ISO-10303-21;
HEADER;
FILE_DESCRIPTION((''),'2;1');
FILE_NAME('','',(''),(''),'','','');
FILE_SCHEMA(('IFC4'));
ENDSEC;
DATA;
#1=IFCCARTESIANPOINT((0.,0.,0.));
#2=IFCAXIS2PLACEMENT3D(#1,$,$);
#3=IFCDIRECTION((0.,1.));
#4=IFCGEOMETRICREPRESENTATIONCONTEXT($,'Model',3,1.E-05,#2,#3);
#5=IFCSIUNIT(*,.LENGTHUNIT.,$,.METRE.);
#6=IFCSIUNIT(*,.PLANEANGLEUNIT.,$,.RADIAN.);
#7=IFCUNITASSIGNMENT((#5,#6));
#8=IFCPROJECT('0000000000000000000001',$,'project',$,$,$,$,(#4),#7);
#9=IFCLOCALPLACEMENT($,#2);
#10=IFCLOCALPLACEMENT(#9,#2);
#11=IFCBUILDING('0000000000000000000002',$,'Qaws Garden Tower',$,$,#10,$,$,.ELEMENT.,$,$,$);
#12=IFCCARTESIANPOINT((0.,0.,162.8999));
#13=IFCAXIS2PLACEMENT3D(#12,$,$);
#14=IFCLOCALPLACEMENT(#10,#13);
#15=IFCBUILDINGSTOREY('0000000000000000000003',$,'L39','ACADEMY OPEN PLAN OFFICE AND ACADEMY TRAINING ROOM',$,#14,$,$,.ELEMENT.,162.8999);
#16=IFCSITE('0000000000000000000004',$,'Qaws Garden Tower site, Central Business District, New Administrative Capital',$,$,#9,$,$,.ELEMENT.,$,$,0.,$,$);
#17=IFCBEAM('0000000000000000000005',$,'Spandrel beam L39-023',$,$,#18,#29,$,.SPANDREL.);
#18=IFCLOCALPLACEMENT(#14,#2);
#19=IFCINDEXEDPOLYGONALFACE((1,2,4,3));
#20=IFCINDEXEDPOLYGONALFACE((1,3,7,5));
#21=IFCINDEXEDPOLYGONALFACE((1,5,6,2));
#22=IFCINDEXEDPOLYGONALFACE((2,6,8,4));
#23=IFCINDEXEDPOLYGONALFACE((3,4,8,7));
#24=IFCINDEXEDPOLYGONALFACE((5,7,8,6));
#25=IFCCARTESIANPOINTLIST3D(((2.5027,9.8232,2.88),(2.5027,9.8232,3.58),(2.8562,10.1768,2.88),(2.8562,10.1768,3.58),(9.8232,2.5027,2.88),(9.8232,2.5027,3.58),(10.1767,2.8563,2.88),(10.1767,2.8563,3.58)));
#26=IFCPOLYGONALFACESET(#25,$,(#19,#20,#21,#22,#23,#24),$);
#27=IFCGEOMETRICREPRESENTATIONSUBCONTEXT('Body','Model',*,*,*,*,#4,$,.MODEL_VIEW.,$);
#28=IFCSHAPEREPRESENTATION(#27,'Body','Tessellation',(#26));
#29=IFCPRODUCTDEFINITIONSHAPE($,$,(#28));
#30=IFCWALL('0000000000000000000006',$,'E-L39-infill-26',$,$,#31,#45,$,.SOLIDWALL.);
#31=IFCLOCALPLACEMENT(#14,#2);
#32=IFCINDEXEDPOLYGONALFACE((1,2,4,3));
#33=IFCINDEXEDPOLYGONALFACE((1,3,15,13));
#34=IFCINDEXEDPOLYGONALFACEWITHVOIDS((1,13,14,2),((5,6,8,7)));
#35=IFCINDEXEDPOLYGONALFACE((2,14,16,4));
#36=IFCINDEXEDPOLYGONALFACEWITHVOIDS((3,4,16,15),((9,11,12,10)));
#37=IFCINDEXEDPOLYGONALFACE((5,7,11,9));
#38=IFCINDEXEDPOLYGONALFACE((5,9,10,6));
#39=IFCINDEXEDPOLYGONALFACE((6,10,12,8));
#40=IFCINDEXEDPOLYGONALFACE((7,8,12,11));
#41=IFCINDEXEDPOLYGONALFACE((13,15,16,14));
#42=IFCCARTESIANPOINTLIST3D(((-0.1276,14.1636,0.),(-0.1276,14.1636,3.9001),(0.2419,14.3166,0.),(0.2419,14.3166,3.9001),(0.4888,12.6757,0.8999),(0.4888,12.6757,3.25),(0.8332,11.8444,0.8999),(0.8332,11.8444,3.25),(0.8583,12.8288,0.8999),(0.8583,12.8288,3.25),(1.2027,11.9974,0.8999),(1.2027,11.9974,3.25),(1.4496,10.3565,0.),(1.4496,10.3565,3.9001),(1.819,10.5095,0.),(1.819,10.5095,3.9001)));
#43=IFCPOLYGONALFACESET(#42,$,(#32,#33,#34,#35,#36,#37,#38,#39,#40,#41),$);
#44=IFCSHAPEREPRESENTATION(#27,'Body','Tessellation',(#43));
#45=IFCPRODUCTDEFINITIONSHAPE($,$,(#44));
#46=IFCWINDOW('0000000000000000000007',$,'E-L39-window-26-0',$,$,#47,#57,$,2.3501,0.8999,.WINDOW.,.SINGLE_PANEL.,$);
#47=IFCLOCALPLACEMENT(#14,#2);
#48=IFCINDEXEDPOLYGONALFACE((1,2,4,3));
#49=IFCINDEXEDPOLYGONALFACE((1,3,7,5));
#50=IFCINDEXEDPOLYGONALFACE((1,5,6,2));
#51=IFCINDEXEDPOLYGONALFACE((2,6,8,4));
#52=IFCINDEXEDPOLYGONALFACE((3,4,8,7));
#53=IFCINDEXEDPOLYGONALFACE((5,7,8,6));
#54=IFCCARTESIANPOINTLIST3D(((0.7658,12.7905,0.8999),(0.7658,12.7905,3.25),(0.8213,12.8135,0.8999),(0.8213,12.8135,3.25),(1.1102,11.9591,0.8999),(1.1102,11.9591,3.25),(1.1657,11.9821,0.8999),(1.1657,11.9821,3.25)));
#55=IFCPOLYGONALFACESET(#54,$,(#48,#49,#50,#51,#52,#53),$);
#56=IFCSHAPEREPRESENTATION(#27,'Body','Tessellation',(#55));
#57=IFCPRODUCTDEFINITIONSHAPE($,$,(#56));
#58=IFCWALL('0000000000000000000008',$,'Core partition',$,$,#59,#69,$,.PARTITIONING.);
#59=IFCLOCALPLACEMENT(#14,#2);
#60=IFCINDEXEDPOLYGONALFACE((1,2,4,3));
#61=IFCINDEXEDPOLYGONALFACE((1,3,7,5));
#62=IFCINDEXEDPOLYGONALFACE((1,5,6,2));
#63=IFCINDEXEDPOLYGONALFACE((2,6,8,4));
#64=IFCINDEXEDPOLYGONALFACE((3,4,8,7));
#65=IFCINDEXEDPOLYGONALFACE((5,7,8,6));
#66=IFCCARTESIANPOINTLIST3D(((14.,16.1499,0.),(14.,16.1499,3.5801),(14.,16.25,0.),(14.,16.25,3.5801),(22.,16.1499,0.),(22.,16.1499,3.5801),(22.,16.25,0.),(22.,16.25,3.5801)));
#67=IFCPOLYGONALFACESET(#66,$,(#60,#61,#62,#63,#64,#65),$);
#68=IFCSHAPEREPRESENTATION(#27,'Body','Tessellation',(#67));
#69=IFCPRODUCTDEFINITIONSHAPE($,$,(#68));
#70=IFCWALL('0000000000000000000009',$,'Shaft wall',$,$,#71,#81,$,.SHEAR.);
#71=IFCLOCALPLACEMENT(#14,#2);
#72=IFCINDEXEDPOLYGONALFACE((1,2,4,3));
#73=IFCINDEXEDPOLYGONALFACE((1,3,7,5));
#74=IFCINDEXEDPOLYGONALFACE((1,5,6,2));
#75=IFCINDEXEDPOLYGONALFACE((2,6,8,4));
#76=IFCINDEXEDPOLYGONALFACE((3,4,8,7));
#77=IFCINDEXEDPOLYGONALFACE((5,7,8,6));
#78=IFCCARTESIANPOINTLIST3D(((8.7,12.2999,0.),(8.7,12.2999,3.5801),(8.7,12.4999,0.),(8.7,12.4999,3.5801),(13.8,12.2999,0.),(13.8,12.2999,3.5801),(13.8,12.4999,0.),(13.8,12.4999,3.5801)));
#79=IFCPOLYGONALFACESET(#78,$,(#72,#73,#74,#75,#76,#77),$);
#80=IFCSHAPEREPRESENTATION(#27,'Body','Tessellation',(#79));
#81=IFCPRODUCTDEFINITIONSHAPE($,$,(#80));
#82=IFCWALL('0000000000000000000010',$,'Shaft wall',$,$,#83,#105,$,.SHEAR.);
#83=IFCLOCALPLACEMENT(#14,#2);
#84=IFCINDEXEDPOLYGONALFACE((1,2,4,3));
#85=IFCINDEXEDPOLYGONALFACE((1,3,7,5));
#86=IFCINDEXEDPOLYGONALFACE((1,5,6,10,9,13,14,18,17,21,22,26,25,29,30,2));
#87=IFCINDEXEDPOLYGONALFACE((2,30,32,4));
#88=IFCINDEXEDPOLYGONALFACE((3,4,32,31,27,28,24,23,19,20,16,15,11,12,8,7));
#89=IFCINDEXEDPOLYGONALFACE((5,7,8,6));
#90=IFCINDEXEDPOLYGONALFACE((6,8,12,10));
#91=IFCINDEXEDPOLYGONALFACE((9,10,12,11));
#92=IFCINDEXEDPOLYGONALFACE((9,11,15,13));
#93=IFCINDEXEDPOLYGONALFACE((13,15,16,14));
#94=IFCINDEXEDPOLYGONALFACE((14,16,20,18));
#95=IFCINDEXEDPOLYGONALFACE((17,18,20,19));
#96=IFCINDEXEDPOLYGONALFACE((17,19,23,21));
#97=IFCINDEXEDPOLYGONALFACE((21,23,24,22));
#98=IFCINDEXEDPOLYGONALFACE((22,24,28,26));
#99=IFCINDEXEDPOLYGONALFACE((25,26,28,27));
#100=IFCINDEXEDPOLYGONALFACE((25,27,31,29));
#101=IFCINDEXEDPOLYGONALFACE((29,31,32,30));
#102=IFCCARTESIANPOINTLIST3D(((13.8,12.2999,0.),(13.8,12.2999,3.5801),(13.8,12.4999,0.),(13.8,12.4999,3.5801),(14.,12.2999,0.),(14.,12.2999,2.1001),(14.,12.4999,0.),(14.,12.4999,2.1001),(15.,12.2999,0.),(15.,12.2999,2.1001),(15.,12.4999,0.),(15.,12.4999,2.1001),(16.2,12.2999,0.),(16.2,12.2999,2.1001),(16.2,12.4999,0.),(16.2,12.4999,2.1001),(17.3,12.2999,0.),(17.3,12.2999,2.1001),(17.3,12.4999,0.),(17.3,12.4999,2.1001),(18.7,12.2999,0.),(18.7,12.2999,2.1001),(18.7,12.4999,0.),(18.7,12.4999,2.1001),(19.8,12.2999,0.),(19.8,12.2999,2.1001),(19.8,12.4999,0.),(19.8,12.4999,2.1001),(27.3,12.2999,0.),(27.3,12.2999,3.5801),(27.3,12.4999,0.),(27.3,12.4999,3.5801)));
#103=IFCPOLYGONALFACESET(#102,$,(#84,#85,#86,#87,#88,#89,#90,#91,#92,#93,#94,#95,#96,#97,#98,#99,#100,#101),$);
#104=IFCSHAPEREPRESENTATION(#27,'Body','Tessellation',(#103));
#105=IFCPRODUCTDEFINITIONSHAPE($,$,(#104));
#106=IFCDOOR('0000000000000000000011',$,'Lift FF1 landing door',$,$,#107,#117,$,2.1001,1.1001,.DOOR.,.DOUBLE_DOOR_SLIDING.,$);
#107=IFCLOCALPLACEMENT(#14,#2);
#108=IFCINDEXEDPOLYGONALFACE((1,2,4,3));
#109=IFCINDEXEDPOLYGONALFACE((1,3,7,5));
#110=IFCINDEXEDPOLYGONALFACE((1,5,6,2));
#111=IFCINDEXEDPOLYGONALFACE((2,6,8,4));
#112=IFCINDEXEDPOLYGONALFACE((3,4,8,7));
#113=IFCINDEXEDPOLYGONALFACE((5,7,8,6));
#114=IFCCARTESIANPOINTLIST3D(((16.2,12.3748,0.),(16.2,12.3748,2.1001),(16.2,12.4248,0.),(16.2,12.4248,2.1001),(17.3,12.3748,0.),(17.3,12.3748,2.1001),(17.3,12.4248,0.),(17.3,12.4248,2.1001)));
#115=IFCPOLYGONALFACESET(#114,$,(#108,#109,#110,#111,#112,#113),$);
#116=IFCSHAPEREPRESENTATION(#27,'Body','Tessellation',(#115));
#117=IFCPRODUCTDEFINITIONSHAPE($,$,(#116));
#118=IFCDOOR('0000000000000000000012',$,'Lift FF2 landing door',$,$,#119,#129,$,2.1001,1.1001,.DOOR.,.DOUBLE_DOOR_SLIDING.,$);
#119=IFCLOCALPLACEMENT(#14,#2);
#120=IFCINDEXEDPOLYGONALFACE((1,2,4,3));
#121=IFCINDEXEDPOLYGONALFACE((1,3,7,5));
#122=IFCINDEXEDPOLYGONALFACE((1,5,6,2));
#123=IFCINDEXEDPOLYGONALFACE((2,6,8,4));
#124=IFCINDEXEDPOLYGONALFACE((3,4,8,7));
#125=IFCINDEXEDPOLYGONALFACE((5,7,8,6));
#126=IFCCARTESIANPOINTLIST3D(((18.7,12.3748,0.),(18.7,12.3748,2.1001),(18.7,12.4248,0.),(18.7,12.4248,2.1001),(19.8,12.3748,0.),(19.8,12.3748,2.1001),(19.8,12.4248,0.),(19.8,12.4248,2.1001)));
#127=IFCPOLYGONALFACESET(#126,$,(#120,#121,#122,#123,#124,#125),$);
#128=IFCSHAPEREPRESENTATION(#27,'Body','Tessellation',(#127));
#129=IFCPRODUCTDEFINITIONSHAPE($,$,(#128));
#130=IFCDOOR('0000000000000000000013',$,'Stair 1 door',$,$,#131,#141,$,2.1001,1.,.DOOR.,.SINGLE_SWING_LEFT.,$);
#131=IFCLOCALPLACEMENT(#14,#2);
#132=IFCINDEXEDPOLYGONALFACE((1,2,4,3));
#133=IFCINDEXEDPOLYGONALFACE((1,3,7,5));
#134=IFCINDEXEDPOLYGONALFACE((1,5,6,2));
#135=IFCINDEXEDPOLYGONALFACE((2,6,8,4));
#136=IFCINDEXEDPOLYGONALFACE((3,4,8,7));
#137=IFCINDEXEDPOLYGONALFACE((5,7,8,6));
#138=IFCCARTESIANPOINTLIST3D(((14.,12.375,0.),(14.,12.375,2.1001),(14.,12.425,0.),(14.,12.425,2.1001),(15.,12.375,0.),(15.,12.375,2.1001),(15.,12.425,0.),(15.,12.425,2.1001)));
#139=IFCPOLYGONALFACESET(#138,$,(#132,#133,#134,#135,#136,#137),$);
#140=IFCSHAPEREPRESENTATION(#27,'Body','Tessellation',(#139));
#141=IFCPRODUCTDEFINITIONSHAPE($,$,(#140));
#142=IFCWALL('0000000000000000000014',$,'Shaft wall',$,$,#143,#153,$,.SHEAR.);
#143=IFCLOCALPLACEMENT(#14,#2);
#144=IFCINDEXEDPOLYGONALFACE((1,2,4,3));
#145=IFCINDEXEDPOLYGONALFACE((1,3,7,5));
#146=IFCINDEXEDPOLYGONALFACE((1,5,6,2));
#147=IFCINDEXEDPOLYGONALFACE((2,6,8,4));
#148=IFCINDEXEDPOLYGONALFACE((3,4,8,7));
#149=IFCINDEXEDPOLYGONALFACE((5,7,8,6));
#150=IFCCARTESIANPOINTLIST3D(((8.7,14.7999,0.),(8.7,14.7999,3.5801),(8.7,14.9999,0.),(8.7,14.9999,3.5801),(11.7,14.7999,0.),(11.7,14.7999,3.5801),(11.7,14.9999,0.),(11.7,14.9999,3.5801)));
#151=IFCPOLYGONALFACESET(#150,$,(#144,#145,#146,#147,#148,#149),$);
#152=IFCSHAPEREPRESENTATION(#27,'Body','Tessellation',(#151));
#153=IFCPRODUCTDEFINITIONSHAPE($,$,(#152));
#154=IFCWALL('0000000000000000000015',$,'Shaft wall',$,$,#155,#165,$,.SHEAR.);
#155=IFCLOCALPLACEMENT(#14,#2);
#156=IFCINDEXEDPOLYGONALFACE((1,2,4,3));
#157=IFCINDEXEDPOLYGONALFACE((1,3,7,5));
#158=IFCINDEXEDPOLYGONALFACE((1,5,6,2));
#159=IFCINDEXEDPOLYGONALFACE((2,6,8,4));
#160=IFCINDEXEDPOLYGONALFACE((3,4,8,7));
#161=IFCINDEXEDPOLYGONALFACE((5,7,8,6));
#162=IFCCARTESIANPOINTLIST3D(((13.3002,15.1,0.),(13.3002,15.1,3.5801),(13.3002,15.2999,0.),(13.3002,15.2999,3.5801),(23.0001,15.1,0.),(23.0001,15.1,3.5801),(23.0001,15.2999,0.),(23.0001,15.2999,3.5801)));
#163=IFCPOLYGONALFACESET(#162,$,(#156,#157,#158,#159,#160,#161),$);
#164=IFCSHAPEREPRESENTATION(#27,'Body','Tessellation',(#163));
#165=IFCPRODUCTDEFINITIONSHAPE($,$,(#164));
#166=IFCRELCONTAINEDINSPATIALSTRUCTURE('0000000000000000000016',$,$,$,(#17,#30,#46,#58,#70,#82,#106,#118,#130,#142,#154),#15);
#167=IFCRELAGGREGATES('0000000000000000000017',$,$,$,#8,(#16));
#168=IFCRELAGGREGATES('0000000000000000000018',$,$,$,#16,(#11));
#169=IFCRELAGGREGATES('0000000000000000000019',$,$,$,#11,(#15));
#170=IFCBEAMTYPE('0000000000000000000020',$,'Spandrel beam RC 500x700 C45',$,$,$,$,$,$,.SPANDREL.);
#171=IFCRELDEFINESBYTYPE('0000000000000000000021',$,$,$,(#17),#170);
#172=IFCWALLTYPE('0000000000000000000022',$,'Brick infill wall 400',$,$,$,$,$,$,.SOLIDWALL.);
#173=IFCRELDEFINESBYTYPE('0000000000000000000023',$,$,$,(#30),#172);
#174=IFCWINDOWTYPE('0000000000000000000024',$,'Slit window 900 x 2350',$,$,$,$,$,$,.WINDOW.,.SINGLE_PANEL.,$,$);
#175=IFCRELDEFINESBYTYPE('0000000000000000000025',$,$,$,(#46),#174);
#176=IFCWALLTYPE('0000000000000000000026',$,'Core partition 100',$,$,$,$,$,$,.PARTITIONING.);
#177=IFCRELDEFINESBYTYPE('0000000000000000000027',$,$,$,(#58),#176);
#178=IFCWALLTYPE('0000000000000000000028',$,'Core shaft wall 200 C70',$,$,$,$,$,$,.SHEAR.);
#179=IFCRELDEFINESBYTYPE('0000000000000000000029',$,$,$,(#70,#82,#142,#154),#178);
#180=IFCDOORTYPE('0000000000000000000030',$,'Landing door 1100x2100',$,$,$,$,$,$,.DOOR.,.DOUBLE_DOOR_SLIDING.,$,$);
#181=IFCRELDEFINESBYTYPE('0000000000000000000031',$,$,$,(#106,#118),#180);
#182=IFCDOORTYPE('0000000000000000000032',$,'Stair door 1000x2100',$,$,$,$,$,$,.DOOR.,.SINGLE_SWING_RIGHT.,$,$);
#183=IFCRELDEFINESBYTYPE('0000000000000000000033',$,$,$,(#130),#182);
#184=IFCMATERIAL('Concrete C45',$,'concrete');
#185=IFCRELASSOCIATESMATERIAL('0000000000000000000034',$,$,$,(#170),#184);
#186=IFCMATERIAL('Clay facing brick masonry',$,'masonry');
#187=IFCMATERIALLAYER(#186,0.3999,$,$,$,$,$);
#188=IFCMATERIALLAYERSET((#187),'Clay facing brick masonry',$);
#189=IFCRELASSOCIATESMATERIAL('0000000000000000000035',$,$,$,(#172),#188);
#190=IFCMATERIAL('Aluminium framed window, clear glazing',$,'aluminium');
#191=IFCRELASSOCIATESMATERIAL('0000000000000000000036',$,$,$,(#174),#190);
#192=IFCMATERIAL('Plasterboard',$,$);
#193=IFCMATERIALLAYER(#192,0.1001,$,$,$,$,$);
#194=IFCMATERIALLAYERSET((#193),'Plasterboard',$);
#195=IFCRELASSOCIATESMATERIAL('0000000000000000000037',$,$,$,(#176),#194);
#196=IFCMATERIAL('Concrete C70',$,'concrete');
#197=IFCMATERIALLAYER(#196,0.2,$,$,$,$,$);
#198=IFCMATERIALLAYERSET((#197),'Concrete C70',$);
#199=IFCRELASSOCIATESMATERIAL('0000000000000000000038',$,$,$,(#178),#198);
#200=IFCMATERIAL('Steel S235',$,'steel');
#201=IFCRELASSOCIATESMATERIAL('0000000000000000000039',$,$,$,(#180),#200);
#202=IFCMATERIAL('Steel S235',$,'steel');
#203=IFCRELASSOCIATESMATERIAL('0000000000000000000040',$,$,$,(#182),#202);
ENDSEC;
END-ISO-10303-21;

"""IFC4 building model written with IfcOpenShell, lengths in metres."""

from ifc_helpers import new_model, si_unit, direction, frame, frame_2d, origin, origin_2d, place, context, subcontext, project, spatial, rectangle, extrude, material, layer, layer_set, material_profile, profile_set, type_object, element, fill, save


model = new_model("IFC4")

# Units and contexts
model_context = context("Model", 3, precision=1e-05, world=origin(), true_north=direction((0.0, 1.0)))
body_context = subcontext(model_context, "Body", "Model", "MODEL_VIEW")
ifc_project = project(units=[si_unit("LENGTHUNIT", "METRE"), si_unit("PLANEANGLEUNIT", "RADIAN")], contexts=[model_context])

# Site, building, storey
site_placement = place(None, origin())
site = spatial("IfcSite", under=ifc_project, at=site_placement, Name="Qaws Garden Tower site, Central Business District, New Administrative Capital", CompositionType="ELEMENT", RefElevation=0.0)
building_placement = place(site_placement, origin())
building = spatial("IfcBuilding", under=site, at=building_placement, Name="Qaws Garden Tower", CompositionType="ELEMENT")
storey_placement = place(building_placement, frame((0.0, 0.0, 162.8999)))
storey = spatial("IfcBuildingStorey", under=building, at=storey_placement, Name="L39", Description="ACADEMY OPEN PLAN OFFICE AND ACADEMY TRAINING ROOM", CompositionType="ELEMENT", Elevation=162.8999)

# Beam
ifc_material_1 = material(Name="Concrete C45", Category="concrete")
ifc_material_profile = material_profile(ifc_material_1, rectangle(XDim=0.5, YDim=0.7, at=origin_2d()), Name="RC 500x700")
ifc_profile_set = profile_set([ifc_material_profile], Name="Concrete C45")
beam_type = type_object("IfcBeamType", Name="Spandrel beam RC 500x700 C45", PredefinedType="SPANDREL", material=ifc_profile_set)
beam_placement = place(storey_placement, frame((2.6794, 10.0, 3.23), z_axis=(0.707107, -0.707107, 0.0), x_axis=(0.707107, 0.707107, 0.0)))
element("IfcBeam", 1, at=beam_placement, inside=storey, type_object=beam_type, Name="Spandrel beam L39-023", PredefinedType="SPANDREL", context=body_context, shape_type="SweptSolid", body=[
    extrude(rectangle(XDim=0.5, YDim=0.7, at=origin_2d()), origin(), (0.0, 0.0, 1.0), 10.3528),
])

# Wall, opening, window
ifc_material_2 = material(Name="Clay facing brick masonry", Category="masonry")
ifc_layer_1 = layer(ifc_material_2, 0.3999)
ifc_layer_set_1 = layer_set([ifc_layer_1], Name="Clay facing brick masonry")
wall_type_1 = type_object("IfcWallType", Name="Brick infill wall 400", PredefinedType="SOLIDWALL", material=ifc_layer_set_1)
wall_1_placement = place(storey_placement, frame((0.0571, 14.2402, 0.0), z_axis=(0.0, 0.0, 1.0), x_axis=(0.382722, -0.923864, 0.0)))
wall_1 = element("IfcWall", 2, at=wall_1_placement, inside=storey, type_object=wall_type_1, Name="E-L39-infill-26", PredefinedType="SOLIDWALL", context=body_context, shape_type="SweptSolid", body=[
    extrude(rectangle(XDim=4.1208, YDim=0.3999, at=frame_2d((2.0605, 0.0))), origin(), (0.0, 0.0, 1.0), 3.9001),
])
opening_1_placement = place(wall_1_placement, frame((1.6106, 0.0, 0.8999)))
opening_1 = element("IfcOpeningElement", 3, at=opening_1_placement, cuts=wall_1, PredefinedType="OPENING", context=body_context, shape_type="SweptSolid", body=[
    extrude(rectangle(XDim=0.8999, YDim=2.3501, at=frame_2d((0.45, 1.175))), frame((0.0, 0.21, 0.0), z_axis=(0.0, -1.0, 0.0), x_axis=(1.0, 0.0, 0.0)), (0.0, 0.0, 1.0), 0.4199),
])
ifc_material_3 = material(Name="Aluminium framed window, clear glazing", Category="aluminium")
window_type = type_object("IfcWindowType", Name="Slit window 900 x 2350", PartitioningType="SINGLE_PANEL", PredefinedType="WINDOW", material=ifc_material_3)
window_placement = place(opening_1_placement, origin())
window = element("IfcWindow", 4, at=window_placement, inside=storey, type_object=window_type, Name="E-L39-window-26-0", OverallHeight=2.3501, OverallWidth=0.8999, PartitioningType="SINGLE_PANEL", PredefinedType="WINDOW", context=body_context, shape_type="SweptSolid", body=[
    extrude(rectangle(XDim=0.8999, YDim=2.3501, at=frame_2d((0.45, 1.175))), frame((0.0, 0.1599, 0.0), z_axis=(0.0, -1.0, 0.0), x_axis=(1.0, 0.0, 0.0)), (0.0, 0.0, 1.0), 0.0601),
])
fill(opening_1, window)

# Walls
ifc_material_4 = material(Name="Plasterboard")
ifc_layer_2 = layer(ifc_material_4, 0.1001)
ifc_layer_set_2 = layer_set([ifc_layer_2], Name="Plasterboard")
wall_type_2 = type_object("IfcWallType", Name="Core partition 100", PredefinedType="PARTITIONING", material=ifc_layer_set_2)
wall_2_placement = place(storey_placement, frame((14.0, 16.2, 0.0), z_axis=(0.0, 0.0, 1.0), x_axis=(1.0, 0.0, 0.0)))
element("IfcWall", 5, at=wall_2_placement, inside=storey, type_object=wall_type_2, Name="Core partition", PredefinedType="PARTITIONING", context=body_context, shape_type="SweptSolid", body=[
    extrude(rectangle(XDim=8.0, YDim=0.1001, at=frame_2d((4.0, 0.0))), origin(), (0.0, 0.0, 1.0), 3.5801),
])
ifc_material_5 = material(Name="Concrete C70", Category="concrete")
ifc_layer_3 = layer(ifc_material_5, 0.2)
ifc_layer_set_3 = layer_set([ifc_layer_3], Name="Concrete C70")
wall_type_3 = type_object("IfcWallType", Name="Core shaft wall 200 C70", PredefinedType="SHEAR", material=ifc_layer_set_3)
wall_3_placement = place(storey_placement, frame((8.7, 12.3999, 0.0), z_axis=(0.0, 0.0, 1.0), x_axis=(1.0, 0.0, 0.0)))
element("IfcWall", 6, at=wall_3_placement, inside=storey, type_object=wall_type_3, Name="Shaft wall", PredefinedType="SHEAR", context=body_context, shape_type="SweptSolid", body=[
    extrude(rectangle(XDim=5.1001, YDim=0.2, at=frame_2d((2.55, 0.0))), origin(), (0.0, 0.0, 1.0), 3.5801),
])

# Wall, openings, doors
wall_4_placement = place(storey_placement, frame((13.8, 12.3999, 0.0), z_axis=(0.0, 0.0, 1.0), x_axis=(1.0, 0.0, 0.0)))
wall_4 = element("IfcWall", 7, at=wall_4_placement, inside=storey, type_object=wall_type_3, Name="Shaft wall", PredefinedType="SHEAR", context=body_context, shape_type="SweptSolid", body=[
    extrude(rectangle(XDim=13.5, YDim=0.2, at=frame_2d((6.75, 0.0))), origin(), (0.0, 0.0, 1.0), 3.5801),
])
opening_2_placement = place(wall_4_placement, frame((2.3999, 0.0, 0.0)))
opening_2 = element("IfcOpeningElement", 8, at=opening_2_placement, cuts=wall_4, PredefinedType="OPENING", context=body_context, shape_type="SweptSolid", body=[
    extrude(rectangle(XDim=1.1001, YDim=2.1001, at=frame_2d((0.55, 1.05))), frame((0.0, 0.1099, 0.0), z_axis=(0.0, -1.0, 0.0), x_axis=(1.0, 0.0, 0.0)), (0.0, 0.0, 1.0), 0.22),
])
opening_3_placement = place(wall_4_placement, frame((4.8999, 0.0, 0.0)))
opening_3 = element("IfcOpeningElement", 9, at=opening_3_placement, cuts=wall_4, PredefinedType="OPENING", context=body_context, shape_type="SweptSolid", body=[
    extrude(rectangle(XDim=1.1001, YDim=2.1001, at=frame_2d((0.55, 1.05))), frame((0.0, 0.1099, 0.0), z_axis=(0.0, -1.0, 0.0), x_axis=(1.0, 0.0, 0.0)), (0.0, 0.0, 1.0), 0.22),
])
opening_4_placement = place(wall_4_placement, frame((0.2, 0.0, 0.0)))
opening_4 = element("IfcOpeningElement", 10, at=opening_4_placement, cuts=wall_4, PredefinedType="OPENING", context=body_context, shape_type="SweptSolid", body=[
    extrude(rectangle(XDim=1.0, YDim=2.1001, at=frame_2d((0.5, 1.05))), frame((0.0, 0.1099, 0.0), z_axis=(0.0, -1.0, 0.0), x_axis=(1.0, 0.0, 0.0)), (0.0, 0.0, 1.0), 0.22),
])
ifc_material_6 = material(Name="Steel S235", Category="steel")
door_type_1 = type_object("IfcDoorType", Name="Landing door 1100x2100", OperationType="DOUBLE_DOOR_SLIDING", PredefinedType="DOOR", material=ifc_material_6)
door_1_placement = place(opening_2_placement, origin())
door_1 = element("IfcDoor", 11, at=door_1_placement, inside=storey, type_object=door_type_1, Name="Lift FF1 landing door", OperationType="DOUBLE_DOOR_SLIDING", OverallHeight=2.1001, OverallWidth=1.1001, PredefinedType="DOOR", context=body_context, shape_type="SweptSolid", body=[
    extrude(rectangle(XDim=1.1001, YDim=2.1001, at=frame_2d((0.55, 1.05))), frame((0.0, 0.0249, 0.0), z_axis=(0.0, -1.0, 0.0), x_axis=(1.0, 0.0, 0.0)), (0.0, 0.0, 1.0), 0.05),
])
fill(opening_2, door_1)
door_2_placement = place(opening_3_placement, origin())
door_2 = element("IfcDoor", 12, at=door_2_placement, inside=storey, type_object=door_type_1, Name="Lift FF2 landing door", OperationType="DOUBLE_DOOR_SLIDING", OverallHeight=2.1001, OverallWidth=1.1001, PredefinedType="DOOR", context=body_context, shape_type="SweptSolid", body=[
    extrude(rectangle(XDim=1.1001, YDim=2.1001, at=frame_2d((0.55, 1.05))), frame((0.0, 0.0249, 0.0), z_axis=(0.0, -1.0, 0.0), x_axis=(1.0, 0.0, 0.0)), (0.0, 0.0, 1.0), 0.05),
])
fill(opening_3, door_2)
ifc_material_7 = material(Name="Steel S235", Category="steel")
door_type_2 = type_object("IfcDoorType", Name="Stair door 1000x2100", OperationType="SINGLE_SWING_RIGHT", PredefinedType="DOOR", material=ifc_material_7)
door_3_placement = place(opening_4_placement, frame((1.0, 0.0, 0.0), z_axis=(0.0, 0.0, 1.0), x_axis=(-1.0, 0.0, 0.0)))
door_3 = element("IfcDoor", 13, at=door_3_placement, inside=storey, type_object=door_type_2, Name="Stair 1 door", OperationType="SINGLE_SWING_LEFT", OverallHeight=2.1001, OverallWidth=1.0, PredefinedType="DOOR", context=body_context, shape_type="SweptSolid", body=[
    extrude(rectangle(XDim=1.0, YDim=2.1001, at=frame_2d((0.5, 1.05))), frame((0.0, 0.0249, 0.0), z_axis=(0.0, -1.0, 0.0), x_axis=(1.0, 0.0, 0.0)), (0.0, 0.0, 1.0), 0.05),
])
fill(opening_4, door_3)

# Walls
wall_5_placement = place(storey_placement, frame((8.7, 14.8999, 0.0), z_axis=(0.0, 0.0, 1.0), x_axis=(1.0, 0.0, 0.0)))
element("IfcWall", 14, at=wall_5_placement, inside=storey, type_object=wall_type_3, Name="Shaft wall", PredefinedType="SHEAR", context=body_context, shape_type="SweptSolid", body=[
    extrude(rectangle(XDim=3.0, YDim=0.2, at=frame_2d((1.5, 0.0))), origin(), (0.0, 0.0, 1.0), 3.5801),
])
wall_6_placement = place(storey_placement, frame((13.3, 15.2, 0.0), z_axis=(0.0, 0.0, 1.0), x_axis=(1.0, 0.0, 0.0)))
element("IfcWall", 15, at=wall_6_placement, inside=storey, type_object=wall_type_3, Name="Shaft wall", PredefinedType="SHEAR", context=body_context, shape_type="SweptSolid", body=[
    extrude(rectangle(XDim=9.7, YDim=0.2, at=frame_2d((4.8501, 0.0))), origin(), (0.0, 0.0, 1.0), 3.5801),
])

save(model, "model.ifc")
